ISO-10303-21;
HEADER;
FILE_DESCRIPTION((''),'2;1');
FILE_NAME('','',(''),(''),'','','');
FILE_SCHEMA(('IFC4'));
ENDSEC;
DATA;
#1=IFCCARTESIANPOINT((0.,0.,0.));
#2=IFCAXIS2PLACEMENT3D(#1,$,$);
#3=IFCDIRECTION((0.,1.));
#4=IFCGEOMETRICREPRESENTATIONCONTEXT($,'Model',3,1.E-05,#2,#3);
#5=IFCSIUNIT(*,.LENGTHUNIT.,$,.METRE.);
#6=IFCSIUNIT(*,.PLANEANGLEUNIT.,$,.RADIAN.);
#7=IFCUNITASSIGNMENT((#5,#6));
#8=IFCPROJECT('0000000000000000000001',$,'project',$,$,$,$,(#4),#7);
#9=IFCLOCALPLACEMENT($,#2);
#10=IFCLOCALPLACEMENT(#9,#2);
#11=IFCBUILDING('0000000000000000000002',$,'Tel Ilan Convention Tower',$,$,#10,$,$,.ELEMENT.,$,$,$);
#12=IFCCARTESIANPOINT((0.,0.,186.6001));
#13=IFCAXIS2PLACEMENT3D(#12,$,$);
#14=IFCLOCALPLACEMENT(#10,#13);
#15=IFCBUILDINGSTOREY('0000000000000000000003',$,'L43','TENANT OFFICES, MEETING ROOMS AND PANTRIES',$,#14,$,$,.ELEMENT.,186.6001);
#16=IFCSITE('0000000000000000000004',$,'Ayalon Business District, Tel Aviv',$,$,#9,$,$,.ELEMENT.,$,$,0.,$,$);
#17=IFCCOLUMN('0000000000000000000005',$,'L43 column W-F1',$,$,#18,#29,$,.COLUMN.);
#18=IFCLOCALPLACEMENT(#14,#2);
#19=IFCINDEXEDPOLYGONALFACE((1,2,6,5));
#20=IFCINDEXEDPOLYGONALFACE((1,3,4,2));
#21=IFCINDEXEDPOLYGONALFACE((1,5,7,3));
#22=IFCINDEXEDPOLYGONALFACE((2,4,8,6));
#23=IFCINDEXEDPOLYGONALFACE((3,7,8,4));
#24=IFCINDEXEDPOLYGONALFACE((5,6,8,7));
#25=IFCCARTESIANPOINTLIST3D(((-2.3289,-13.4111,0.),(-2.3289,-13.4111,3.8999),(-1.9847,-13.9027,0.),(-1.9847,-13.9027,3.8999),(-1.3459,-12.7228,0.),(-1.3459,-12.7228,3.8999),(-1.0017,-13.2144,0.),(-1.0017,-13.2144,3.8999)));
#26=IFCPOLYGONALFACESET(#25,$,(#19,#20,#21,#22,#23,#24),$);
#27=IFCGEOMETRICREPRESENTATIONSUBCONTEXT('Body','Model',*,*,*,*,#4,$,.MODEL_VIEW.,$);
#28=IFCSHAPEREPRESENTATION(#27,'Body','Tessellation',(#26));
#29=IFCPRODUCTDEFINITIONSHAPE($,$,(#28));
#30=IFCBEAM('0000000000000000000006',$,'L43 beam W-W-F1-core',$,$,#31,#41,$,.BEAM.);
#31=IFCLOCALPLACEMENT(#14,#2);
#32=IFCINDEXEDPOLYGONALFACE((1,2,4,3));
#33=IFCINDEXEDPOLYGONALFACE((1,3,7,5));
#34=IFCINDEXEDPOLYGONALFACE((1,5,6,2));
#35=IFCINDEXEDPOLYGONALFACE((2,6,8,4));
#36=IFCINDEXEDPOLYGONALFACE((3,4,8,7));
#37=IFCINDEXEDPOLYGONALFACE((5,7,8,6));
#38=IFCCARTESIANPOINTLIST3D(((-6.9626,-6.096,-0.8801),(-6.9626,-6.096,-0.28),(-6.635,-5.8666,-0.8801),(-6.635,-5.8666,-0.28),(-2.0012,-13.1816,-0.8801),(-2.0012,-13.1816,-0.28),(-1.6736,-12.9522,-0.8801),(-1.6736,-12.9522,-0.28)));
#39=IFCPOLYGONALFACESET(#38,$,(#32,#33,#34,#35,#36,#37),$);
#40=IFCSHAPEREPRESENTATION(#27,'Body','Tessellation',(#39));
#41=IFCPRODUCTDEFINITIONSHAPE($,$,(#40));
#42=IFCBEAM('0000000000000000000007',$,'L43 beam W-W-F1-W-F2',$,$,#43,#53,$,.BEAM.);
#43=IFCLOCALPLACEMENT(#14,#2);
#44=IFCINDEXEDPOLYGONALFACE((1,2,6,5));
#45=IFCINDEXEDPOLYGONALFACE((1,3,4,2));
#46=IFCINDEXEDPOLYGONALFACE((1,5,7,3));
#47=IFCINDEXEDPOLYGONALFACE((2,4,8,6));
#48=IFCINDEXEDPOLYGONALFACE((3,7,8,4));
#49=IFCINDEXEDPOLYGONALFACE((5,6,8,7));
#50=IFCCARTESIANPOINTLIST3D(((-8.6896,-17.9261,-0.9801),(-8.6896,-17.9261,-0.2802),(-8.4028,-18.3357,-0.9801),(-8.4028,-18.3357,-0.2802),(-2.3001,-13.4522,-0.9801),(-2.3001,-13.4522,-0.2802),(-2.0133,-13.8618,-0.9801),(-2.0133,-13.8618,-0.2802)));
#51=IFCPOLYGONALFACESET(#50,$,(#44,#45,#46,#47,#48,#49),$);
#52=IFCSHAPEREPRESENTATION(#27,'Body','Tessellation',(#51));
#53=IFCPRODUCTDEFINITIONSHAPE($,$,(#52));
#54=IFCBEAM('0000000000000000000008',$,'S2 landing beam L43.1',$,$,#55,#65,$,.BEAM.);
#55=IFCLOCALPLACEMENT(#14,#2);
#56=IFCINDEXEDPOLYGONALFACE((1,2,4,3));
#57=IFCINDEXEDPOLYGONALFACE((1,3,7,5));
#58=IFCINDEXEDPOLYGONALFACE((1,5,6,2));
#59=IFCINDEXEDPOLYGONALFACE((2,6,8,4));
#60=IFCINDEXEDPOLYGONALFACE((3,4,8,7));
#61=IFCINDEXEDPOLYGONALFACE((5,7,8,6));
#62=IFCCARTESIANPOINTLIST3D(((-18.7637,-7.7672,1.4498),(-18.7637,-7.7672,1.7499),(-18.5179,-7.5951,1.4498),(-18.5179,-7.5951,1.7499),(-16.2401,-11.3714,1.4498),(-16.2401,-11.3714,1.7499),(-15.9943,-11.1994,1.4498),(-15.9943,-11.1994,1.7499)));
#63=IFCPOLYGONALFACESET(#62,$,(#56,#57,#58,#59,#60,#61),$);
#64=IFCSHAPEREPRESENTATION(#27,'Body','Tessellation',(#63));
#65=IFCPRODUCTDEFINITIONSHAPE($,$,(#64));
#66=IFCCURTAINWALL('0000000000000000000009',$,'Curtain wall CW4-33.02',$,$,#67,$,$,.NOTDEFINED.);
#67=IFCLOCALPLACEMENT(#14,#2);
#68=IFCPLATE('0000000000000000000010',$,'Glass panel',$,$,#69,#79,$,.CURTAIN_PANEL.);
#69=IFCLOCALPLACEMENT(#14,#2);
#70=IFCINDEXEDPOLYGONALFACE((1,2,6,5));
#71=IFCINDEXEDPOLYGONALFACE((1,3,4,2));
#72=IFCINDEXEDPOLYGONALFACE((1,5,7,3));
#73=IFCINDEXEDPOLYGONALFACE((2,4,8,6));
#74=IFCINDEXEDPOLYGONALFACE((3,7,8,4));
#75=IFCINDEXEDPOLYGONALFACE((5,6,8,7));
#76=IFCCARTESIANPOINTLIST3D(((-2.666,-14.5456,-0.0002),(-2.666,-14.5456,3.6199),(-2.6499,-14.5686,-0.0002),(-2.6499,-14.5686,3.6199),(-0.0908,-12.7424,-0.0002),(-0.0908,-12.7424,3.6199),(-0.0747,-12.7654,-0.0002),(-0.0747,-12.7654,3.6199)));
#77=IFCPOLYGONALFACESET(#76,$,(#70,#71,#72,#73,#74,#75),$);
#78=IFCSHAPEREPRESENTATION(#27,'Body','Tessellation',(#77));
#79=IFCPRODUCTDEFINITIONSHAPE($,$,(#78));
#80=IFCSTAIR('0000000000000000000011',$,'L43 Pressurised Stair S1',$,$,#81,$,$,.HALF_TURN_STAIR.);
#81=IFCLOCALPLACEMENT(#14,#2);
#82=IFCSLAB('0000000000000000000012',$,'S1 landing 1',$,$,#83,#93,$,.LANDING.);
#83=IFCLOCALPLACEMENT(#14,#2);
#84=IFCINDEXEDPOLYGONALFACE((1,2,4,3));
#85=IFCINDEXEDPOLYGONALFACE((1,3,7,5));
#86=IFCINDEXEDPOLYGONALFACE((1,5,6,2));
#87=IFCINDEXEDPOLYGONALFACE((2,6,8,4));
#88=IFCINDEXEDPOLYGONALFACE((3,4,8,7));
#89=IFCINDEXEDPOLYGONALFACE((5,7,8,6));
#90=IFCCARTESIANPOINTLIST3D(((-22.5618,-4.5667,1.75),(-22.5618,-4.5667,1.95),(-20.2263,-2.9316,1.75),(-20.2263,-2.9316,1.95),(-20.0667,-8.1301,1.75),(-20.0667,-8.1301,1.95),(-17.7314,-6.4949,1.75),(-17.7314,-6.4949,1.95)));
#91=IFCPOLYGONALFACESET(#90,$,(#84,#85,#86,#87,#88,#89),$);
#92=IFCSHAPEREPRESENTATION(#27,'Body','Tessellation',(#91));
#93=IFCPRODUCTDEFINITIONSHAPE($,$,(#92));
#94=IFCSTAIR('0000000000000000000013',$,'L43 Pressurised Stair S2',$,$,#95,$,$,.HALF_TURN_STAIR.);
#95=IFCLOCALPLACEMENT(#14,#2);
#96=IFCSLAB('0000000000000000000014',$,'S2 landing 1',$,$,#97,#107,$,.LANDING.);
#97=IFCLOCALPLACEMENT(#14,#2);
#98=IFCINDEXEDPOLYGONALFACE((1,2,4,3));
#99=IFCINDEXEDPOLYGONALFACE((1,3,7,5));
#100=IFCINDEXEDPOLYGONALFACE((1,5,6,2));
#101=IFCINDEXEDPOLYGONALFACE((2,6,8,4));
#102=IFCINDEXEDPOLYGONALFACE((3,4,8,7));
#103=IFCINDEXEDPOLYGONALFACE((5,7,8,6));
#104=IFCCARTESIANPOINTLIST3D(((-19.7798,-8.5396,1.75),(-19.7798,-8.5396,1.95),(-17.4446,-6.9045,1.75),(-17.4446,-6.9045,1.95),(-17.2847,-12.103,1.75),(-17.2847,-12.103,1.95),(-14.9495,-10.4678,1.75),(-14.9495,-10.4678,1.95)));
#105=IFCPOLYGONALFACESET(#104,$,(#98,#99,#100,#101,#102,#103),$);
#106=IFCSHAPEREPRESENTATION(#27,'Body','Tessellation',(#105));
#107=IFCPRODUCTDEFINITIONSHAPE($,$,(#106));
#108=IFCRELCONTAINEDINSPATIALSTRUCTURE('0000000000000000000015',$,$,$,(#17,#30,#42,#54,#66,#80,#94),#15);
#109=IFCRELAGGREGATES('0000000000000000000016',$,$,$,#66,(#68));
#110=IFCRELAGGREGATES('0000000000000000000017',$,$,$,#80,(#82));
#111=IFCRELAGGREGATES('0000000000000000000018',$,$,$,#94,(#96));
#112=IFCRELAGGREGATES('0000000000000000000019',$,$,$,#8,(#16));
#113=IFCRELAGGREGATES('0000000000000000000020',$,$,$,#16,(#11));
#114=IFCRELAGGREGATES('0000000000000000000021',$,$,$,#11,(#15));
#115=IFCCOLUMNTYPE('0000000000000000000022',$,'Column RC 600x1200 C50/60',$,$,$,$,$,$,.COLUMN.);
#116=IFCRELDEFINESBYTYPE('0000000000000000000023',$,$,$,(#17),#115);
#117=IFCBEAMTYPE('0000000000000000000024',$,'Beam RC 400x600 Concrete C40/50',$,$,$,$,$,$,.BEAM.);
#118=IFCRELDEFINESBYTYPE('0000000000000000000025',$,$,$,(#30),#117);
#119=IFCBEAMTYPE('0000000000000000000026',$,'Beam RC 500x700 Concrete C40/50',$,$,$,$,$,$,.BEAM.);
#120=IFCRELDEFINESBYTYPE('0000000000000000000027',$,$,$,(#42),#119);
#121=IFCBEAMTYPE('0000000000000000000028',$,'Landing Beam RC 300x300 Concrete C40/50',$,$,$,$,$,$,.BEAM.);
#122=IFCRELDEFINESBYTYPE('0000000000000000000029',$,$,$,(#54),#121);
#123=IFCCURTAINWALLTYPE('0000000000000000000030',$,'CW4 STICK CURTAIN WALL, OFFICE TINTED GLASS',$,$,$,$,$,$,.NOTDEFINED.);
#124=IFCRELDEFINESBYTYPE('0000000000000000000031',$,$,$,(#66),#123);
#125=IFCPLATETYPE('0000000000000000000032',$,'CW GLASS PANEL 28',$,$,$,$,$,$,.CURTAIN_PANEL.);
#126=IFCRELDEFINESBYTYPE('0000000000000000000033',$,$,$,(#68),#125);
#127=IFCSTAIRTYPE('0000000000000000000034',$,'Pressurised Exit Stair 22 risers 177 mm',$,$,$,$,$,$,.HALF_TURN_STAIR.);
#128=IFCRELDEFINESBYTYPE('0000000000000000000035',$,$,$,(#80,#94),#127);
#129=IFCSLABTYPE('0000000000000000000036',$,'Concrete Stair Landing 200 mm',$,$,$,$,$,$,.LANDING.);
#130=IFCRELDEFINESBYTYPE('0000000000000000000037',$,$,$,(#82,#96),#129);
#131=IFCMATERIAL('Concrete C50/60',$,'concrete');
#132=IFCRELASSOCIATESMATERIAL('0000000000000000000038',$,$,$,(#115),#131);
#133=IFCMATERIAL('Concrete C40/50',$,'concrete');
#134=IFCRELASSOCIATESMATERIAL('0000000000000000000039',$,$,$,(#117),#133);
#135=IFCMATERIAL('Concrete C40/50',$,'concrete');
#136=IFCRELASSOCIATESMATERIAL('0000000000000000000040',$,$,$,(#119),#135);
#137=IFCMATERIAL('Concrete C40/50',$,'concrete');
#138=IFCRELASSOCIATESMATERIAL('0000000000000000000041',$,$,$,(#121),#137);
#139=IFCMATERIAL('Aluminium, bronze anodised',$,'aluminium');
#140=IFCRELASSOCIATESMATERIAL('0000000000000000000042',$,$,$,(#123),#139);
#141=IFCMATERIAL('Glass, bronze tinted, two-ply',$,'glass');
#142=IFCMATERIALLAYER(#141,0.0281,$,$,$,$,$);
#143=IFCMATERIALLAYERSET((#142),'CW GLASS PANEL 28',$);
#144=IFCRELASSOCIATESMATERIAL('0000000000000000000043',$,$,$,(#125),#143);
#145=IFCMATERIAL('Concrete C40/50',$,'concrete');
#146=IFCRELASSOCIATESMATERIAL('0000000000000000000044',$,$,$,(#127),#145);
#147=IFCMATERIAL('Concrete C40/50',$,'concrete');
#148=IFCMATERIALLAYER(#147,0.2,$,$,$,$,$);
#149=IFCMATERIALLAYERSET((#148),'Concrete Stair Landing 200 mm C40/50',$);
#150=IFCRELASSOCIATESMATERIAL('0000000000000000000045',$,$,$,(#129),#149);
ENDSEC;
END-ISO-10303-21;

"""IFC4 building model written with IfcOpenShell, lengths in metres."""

from ifc_helpers import new_model, si_unit, direction, frame, origin, origin_2d, place, context, subcontext, project, spatial, polyline, rectangle, outline, extrude, material, layer, layer_set, material_profile, profile_set, type_object, element, aggregate, save


model = new_model("IFC4")

# Units and contexts
model_context = context("Model", 3, precision=1e-05, world=origin(), true_north=direction((0.0, 1.0)))
body_context = subcontext(model_context, "Body", "Model", "MODEL_VIEW")
ifc_project = project(units=[si_unit("LENGTHUNIT", "METRE"), si_unit("PLANEANGLEUNIT", "RADIAN")], contexts=[model_context])

# Site, building, storey
site_placement = place(None, origin())
site = spatial("IfcSite", under=ifc_project, at=site_placement, Name="Ayalon Business District, Tel Aviv", CompositionType="ELEMENT", RefElevation=0.0)
building_placement = place(site_placement, origin())
building = spatial("IfcBuilding", under=site, at=building_placement, Name="Tel Ilan Convention Tower", CompositionType="ELEMENT")
storey_placement = place(building_placement, frame((0.0, 0.0, 186.6001)))
storey = spatial("IfcBuildingStorey", under=building, at=storey_placement, Name="L43", Description="TENANT OFFICES, MEETING ROOMS AND PANTRIES", CompositionType="ELEMENT", Elevation=186.6001)

# Column
ifc_material_1 = material(Name="Concrete C50/60", Category="concrete")
ifc_material_profile_1 = material_profile(ifc_material_1, rectangle(XDim=1.2, YDim=0.6001, at=origin_2d()), Name="RC 600x1200")
ifc_profile_set_1 = profile_set([ifc_material_profile_1], Name="Concrete C50/60")
column_type = type_object("IfcColumnType", Name="Column RC 600x1200 C50/60", PredefinedType="COLUMN", material=ifc_profile_set_1)
column_placement = place(storey_placement, frame((-1.6653, -13.3127, 0.0), z_axis=(0.0, 0.0, 1.0), x_axis=(-0.819152, -0.573576, 0.0)))
element("IfcColumn", 1, at=column_placement, inside=storey, type_object=column_type, Name="L43 column W-F1", PredefinedType="COLUMN", context=body_context, shape_type="SweptSolid", body=[
    extrude(rectangle(XDim=1.2, YDim=0.6001, at=origin_2d()), origin(), (0.0, 0.0, 1.0), 3.8999),
])

# Beams
ifc_material_2 = material(Name="Concrete C40/50", Category="concrete")
ifc_material_profile_2 = material_profile(ifc_material_2, rectangle(XDim=0.3999, YDim=0.6001, at=origin_2d()), Name="RC 400x600")
ifc_profile_set_2 = profile_set([ifc_material_profile_2], Name="Concrete C40/50")
beam_type_1 = type_object("IfcBeamType", Name="Beam RC 400x600 Concrete C40/50", PredefinedType="BEAM", material=ifc_profile_set_2)
beam_1_placement = place(storey_placement, frame((-1.8374, -13.0669, -0.5801), z_axis=(-0.573574, 0.819154, 0.0), x_axis=(-0.819154, -0.573574, 0.0)))
element("IfcBeam", 2, at=beam_1_placement, inside=storey, type_object=beam_type_1, Name="L43 beam W-W-F1-core", PredefinedType="BEAM", context=body_context, shape_type="SweptSolid", body=[
    extrude(rectangle(XDim=0.3999, YDim=0.6001, at=origin_2d()), origin(), (0.0, 0.0, 1.0), 8.6499),
])
ifc_material_3 = material(Name="Concrete C40/50", Category="concrete")
ifc_material_profile_3 = material_profile(ifc_material_3, rectangle(XDim=0.5, YDim=0.7, at=origin_2d()), Name="RC 500x700")
ifc_profile_set_3 = profile_set([ifc_material_profile_3], Name="Concrete C40/50")
beam_type_2 = type_object("IfcBeamType", Name="Beam RC 500x700 Concrete C40/50", PredefinedType="BEAM", material=ifc_profile_set_3)
beam_2_placement = place(storey_placement, frame((-2.1567, -13.657, -0.6301), z_axis=(-0.819154, -0.573574, 0.0), x_axis=(0.573574, -0.819154, 0.0)))
element("IfcBeam", 3, at=beam_2_placement, inside=storey, type_object=beam_type_2, Name="L43 beam W-W-F1-W-F2", PredefinedType="BEAM", context=body_context, shape_type="SweptSolid", body=[
    extrude(rectangle(XDim=0.5, YDim=0.7, at=origin_2d()), origin(), (0.0, 0.0, 1.0), 7.8),
])
ifc_material_4 = material(Name="Concrete C40/50", Category="concrete")
ifc_material_profile_4 = material_profile(ifc_material_4, rectangle(XDim=0.3, YDim=0.3, at=origin_2d()), Name="RC 300x300")
ifc_profile_set_4 = profile_set([ifc_material_profile_4], Name="Concrete C40/50")
beam_type_3 = type_object("IfcBeamType", Name="Landing Beam RC 300x300 Concrete C40/50", PredefinedType="BEAM", material=ifc_profile_set_4)
beam_3_placement = place(storey_placement, frame((-16.1172, -11.2854, 1.5999), z_axis=(-0.57357, 0.819156, 0.0), x_axis=(-0.819156, -0.57357, 0.0)))
element("IfcBeam", 4, at=beam_3_placement, inside=storey, type_object=beam_type_3, Name="S2 landing beam L43.1", PredefinedType="BEAM", context=body_context, shape_type="SweptSolid", body=[
    extrude(rectangle(XDim=0.3, YDim=0.3, at=origin_2d()), origin(), (0.0, 0.0, 1.0), 4.3999),
])

# Curtain wall, plate
ifc_material_5 = material(Name="Aluminium, bronze anodised", Category="aluminium")
curtain_wall_type = type_object("IfcCurtainWallType", Name="CW4 STICK CURTAIN WALL, OFFICE TINTED GLASS", PredefinedType="NOTDEFINED", material=ifc_material_5)
curtain_wall_placement = place(storey_placement, origin())
curtain_wall = element("IfcCurtainWall", 5, at=curtain_wall_placement, inside=storey, type_object=curtain_wall_type, Name="Curtain wall CW4-33.02", PredefinedType="NOTDEFINED")
ifc_material_6 = material(Name="Glass, bronze tinted, two-ply", Category="glass")
ifc_layer_1 = layer(ifc_material_6, 0.0281)
ifc_layer_set_1 = layer_set([ifc_layer_1], Name="CW GLASS PANEL 28")
plate_type = type_object("IfcPlateType", Name="CW GLASS PANEL 28", PredefinedType="CURTAIN_PANEL", material=ifc_layer_set_1)
plate_placement = place(storey_placement, frame((-1.3704, -13.6555, -0.0002), z_axis=(0.0, 0.0, 1.0), x_axis=(0.819152, 0.573576, 0.0)))
plate = element("IfcPlate", 6, at=plate_placement, type_object=plate_type, Name="Glass panel", PredefinedType="CURTAIN_PANEL", context=body_context, shape_type="SweptSolid", body=[
    extrude(rectangle(XDim=3.1438, YDim=0.0281, at=origin_2d()), origin(), (0.0, 0.0, 1.0), 3.6201),
])
aggregate(curtain_wall, [plate])

# Stairs, slabs
ifc_material_7 = material(Name="Concrete C40/50", Category="concrete")
stair_type = type_object("IfcStairType", Name="Pressurised Exit Stair 22 risers 177 mm", PredefinedType="HALF_TURN_STAIR", material=ifc_material_7)
stair_1_placement = place(storey_placement, origin())
stair_1 = element("IfcStair", 7, at=stair_1_placement, inside=storey, type_object=stair_type, Name="L43 Pressurised Stair S1", PredefinedType="HALF_TURN_STAIR")
ifc_material_8 = material(Name="Concrete C40/50", Category="concrete")
ifc_layer_2 = layer(ifc_material_8, 0.2)
ifc_layer_set_2 = layer_set([ifc_layer_2], Name="Concrete Stair Landing 200 mm C40/50")
slab_type_1 = type_object("IfcSlabType", Name="Concrete Stair Landing 200 mm", PredefinedType="LANDING", material=ifc_layer_set_2)
slab_1_placement = place(storey_placement, frame((0.0, 0.0, 1.75)))
slab_1 = element("IfcSlab", 8, at=slab_1_placement, type_object=slab_type_1, Name="S1 landing 1", PredefinedType="LANDING", context=body_context, shape_type="SweptSolid", body=[
    extrude(outline(polyline([(-20.0667, -8.1301), (-17.7314, -6.4949), (-20.2263, -2.9316), (-22.5618, -4.5667), (-20.0667, -8.1301)])), origin(), (0.0, 0.0, 1.0), 0.2),
])
aggregate(stair_1, [slab_1])
stair_2_placement = place(storey_placement, origin())
stair_2 = element("IfcStair", 9, at=stair_2_placement, inside=storey, type_object=stair_type, Name="L43 Pressurised Stair S2", PredefinedType="HALF_TURN_STAIR")
slab_2_placement = place(storey_placement, frame((0.0, 0.0, 1.75)))
slab_2 = element("IfcSlab", 10, at=slab_2_placement, type_object=slab_type_1, Name="S2 landing 1", PredefinedType="LANDING", context=body_context, shape_type="SweptSolid", body=[
    extrude(outline(polyline([(-17.2847, -12.103), (-14.9495, -10.4678), (-17.4446, -6.9045), (-19.7798, -8.5396), (-17.2847, -12.103)])), origin(), (0.0, 0.0, 1.0), 0.2),
])
aggregate(stair_2, [slab_2])

save(model, "model.ifc")
